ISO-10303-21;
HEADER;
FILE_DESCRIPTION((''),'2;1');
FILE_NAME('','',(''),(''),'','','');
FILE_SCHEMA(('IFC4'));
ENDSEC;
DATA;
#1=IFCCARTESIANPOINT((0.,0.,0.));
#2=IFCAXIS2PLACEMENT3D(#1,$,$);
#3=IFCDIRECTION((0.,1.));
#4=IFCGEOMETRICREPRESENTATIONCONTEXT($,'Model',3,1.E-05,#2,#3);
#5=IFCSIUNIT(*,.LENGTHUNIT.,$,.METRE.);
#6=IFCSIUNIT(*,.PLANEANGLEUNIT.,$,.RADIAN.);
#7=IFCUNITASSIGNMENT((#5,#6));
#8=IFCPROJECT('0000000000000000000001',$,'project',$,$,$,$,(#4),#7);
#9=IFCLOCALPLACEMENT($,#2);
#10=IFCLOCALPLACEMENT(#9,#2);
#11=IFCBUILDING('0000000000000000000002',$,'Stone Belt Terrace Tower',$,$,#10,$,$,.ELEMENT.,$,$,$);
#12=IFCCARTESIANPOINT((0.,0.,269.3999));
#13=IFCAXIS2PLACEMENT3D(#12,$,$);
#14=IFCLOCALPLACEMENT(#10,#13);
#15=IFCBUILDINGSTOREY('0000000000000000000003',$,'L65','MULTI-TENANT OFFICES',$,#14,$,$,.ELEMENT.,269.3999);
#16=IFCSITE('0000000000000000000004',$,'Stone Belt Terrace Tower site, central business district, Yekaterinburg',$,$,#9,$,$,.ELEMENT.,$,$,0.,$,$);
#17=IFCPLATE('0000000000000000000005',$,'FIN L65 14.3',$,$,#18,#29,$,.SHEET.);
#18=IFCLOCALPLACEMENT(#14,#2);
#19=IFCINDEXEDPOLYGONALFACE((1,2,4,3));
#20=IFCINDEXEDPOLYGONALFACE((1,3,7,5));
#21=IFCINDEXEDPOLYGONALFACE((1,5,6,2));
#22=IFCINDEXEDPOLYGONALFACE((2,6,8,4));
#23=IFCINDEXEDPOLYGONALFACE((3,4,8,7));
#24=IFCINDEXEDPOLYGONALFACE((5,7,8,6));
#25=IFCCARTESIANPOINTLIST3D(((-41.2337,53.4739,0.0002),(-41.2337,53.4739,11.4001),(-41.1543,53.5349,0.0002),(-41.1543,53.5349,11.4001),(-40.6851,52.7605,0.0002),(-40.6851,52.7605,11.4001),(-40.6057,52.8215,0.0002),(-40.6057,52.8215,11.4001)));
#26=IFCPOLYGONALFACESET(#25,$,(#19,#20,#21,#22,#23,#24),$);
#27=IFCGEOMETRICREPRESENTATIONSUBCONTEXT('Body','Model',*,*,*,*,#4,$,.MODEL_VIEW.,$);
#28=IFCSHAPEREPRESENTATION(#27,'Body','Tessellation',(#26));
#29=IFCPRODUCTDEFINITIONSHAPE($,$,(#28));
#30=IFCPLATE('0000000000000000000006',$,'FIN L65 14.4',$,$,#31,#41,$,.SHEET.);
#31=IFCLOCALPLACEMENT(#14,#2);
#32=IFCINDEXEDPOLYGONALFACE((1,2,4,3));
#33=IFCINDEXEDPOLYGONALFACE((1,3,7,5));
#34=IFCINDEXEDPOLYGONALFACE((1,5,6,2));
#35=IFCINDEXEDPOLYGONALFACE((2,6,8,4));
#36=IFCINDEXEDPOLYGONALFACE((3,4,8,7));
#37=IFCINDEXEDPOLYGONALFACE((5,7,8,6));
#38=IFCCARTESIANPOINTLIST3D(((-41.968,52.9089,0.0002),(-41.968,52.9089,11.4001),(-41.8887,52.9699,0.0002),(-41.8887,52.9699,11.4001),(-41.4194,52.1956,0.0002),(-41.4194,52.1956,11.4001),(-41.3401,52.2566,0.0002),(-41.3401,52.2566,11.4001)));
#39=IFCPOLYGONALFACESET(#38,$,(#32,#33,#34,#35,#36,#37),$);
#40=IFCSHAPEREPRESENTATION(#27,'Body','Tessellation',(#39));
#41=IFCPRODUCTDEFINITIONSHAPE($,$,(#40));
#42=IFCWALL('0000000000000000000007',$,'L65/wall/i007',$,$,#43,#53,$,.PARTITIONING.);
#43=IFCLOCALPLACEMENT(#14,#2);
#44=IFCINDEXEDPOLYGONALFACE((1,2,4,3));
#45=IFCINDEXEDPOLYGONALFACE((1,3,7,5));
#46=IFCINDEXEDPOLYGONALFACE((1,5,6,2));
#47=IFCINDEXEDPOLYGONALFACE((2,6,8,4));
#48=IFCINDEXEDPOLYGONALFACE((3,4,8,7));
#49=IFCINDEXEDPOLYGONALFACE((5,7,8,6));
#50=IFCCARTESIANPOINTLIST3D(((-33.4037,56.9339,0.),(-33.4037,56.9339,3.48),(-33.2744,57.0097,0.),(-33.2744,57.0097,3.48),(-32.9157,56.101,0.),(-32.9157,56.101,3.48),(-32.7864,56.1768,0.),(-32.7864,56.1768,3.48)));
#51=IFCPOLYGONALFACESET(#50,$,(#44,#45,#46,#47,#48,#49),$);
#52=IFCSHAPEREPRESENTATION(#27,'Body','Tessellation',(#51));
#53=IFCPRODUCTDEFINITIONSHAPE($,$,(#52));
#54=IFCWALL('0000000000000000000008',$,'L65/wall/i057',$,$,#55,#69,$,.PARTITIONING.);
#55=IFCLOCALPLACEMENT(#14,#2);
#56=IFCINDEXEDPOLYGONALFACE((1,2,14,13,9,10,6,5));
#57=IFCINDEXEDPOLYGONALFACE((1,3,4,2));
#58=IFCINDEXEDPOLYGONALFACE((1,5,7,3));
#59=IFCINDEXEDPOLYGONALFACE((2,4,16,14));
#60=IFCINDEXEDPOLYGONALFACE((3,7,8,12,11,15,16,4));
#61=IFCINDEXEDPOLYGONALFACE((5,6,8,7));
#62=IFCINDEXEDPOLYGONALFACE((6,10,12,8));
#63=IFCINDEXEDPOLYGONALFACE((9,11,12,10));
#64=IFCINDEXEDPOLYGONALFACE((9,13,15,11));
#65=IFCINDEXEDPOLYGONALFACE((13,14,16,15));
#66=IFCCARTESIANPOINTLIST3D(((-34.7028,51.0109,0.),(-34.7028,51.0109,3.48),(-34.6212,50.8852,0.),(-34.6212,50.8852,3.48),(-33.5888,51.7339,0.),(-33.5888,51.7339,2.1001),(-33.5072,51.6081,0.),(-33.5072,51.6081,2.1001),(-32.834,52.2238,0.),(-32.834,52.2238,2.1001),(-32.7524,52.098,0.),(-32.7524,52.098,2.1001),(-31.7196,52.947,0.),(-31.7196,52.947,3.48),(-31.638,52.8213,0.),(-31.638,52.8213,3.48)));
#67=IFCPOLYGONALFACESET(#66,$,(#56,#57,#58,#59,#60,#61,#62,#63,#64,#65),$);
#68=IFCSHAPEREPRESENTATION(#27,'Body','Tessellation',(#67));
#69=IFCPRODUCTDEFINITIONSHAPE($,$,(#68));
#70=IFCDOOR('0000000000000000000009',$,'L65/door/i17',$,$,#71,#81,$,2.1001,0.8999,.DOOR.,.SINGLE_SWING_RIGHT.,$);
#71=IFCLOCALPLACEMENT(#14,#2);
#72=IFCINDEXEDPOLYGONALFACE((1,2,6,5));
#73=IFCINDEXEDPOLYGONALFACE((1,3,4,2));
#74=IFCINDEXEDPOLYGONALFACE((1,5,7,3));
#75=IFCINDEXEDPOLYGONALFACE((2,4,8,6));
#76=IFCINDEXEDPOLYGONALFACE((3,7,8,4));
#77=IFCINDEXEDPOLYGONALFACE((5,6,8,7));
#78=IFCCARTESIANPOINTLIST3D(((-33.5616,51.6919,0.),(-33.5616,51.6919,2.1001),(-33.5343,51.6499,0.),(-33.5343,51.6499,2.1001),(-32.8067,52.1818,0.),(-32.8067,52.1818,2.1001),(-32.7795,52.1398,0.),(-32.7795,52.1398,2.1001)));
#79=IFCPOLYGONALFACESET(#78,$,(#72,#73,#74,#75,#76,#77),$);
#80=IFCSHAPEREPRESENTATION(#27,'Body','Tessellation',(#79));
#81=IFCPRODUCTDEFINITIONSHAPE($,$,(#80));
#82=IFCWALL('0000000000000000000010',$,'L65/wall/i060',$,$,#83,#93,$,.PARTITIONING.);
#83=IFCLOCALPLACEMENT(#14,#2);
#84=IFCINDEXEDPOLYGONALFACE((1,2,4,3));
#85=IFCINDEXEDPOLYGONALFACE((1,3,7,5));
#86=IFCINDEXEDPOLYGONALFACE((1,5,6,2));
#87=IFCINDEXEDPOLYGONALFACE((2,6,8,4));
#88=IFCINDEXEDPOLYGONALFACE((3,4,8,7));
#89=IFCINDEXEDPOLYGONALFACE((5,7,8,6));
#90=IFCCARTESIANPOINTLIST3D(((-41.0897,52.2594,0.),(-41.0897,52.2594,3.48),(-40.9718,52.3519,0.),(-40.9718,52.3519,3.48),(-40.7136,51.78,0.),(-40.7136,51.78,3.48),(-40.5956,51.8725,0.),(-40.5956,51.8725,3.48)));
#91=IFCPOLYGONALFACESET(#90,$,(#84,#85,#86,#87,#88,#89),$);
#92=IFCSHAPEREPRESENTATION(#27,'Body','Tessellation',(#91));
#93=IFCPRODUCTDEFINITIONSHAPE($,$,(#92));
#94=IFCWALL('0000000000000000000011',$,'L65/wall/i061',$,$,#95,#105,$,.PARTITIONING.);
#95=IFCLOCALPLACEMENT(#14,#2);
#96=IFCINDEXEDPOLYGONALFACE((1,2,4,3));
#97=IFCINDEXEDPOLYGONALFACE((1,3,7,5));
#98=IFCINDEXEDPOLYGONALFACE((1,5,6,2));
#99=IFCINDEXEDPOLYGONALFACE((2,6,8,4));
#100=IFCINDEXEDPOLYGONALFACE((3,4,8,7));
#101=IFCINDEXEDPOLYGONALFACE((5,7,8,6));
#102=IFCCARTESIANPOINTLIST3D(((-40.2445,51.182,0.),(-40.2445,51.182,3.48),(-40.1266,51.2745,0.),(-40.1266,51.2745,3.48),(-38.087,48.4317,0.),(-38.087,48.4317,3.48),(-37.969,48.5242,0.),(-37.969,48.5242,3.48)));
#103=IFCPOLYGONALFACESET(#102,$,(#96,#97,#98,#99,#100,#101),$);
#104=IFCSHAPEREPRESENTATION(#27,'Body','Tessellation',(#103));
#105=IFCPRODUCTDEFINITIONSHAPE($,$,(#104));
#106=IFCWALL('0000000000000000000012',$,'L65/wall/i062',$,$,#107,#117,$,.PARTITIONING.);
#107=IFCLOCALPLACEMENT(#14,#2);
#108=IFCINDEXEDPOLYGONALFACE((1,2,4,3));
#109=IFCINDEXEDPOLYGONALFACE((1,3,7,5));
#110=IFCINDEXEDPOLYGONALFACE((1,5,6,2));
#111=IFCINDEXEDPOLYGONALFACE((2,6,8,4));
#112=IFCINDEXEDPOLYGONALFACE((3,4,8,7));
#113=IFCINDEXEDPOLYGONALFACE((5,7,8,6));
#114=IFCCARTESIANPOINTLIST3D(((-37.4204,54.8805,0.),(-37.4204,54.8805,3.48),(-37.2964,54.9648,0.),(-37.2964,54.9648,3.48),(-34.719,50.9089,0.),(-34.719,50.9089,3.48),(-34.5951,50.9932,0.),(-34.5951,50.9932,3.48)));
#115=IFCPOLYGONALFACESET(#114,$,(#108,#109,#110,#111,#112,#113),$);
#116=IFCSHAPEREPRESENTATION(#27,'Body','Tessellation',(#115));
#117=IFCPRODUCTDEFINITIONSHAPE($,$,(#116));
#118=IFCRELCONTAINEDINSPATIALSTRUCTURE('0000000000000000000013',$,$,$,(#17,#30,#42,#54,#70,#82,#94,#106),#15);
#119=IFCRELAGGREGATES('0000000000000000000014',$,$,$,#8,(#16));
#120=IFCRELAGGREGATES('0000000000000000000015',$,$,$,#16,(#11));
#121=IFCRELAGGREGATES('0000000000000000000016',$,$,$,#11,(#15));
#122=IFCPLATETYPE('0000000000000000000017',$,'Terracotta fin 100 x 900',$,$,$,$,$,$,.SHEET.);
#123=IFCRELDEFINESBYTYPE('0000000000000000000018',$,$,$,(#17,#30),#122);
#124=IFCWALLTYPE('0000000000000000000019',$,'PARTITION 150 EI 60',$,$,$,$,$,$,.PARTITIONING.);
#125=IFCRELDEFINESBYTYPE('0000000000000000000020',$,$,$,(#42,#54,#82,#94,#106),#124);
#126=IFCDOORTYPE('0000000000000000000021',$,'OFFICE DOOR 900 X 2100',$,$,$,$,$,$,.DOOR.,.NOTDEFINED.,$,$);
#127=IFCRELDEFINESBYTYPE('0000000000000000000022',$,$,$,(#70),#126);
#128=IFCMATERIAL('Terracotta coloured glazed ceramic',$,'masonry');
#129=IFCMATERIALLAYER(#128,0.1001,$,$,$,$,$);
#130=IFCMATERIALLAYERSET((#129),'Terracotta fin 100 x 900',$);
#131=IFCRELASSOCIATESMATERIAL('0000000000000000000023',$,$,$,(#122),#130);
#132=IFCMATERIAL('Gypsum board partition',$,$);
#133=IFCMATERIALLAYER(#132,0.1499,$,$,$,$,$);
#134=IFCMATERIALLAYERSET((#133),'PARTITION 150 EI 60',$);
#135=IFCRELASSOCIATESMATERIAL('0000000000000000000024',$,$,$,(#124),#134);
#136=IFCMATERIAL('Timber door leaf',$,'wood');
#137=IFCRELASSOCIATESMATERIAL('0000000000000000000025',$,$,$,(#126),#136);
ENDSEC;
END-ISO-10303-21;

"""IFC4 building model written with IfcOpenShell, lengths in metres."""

from ifc_helpers import new_model, si_unit, direction, frame, frame_2d, origin, origin_2d, place, context, subcontext, project, spatial, rectangle, extrude, material, layer, layer_set, type_object, element, fill, save


model = new_model("IFC4")

# Units and contexts
model_context = context("Model", 3, precision=1e-05, world=origin(), true_north=direction((0.0, 1.0)))
body_context = subcontext(model_context, "Body", "Model", "MODEL_VIEW")
ifc_project = project(units=[si_unit("LENGTHUNIT", "METRE"), si_unit("PLANEANGLEUNIT", "RADIAN")], contexts=[model_context])

# Site, building, storey
site_placement = place(None, origin())
site = spatial("IfcSite", under=ifc_project, at=site_placement, Name="Stone Belt Terrace Tower site, central business district, Yekaterinburg", CompositionType="ELEMENT", RefElevation=0.0)
building_placement = place(site_placement, origin())
building = spatial("IfcBuilding", under=site, at=building_placement, Name="Stone Belt Terrace Tower", CompositionType="ELEMENT")
storey_placement = place(building_placement, frame((0.0, 0.0, 269.3999)))
storey = spatial("IfcBuildingStorey", under=building, at=storey_placement, Name="L65", Description="MULTI-TENANT OFFICES", CompositionType="ELEMENT", Elevation=269.3999)

# Plates
ifc_material_1 = material(Name="Terracotta coloured glazed ceramic", Category="masonry")
ifc_layer_1 = layer(ifc_material_1, 0.1001)
ifc_layer_set_1 = layer_set([ifc_layer_1], Name="Terracotta fin 100 x 900")
plate_type_1 = type_object("IfcPlateType", Name="Terracotta fin 100 x 900", PredefinedType="SHEET", material=ifc_layer_set_1)
for number, where, z_axis, x_axis, name in (
    (1, (-40.9197, 53.1477, 0.0002), (0.0, 0.0, 1.0), (-0.60962, 0.792694, 0.0), "FIN L65 14.3"),
    (2, (-41.6541, 52.5828, 0.0002), (0.0, 0.0, 1.0), (-0.60962, 0.792694, 0.0), "FIN L65 14.4"),
):
    element("IfcPlate", number, at=place(storey_placement, frame(where, z_axis=z_axis, x_axis=x_axis)), inside=storey, type_object=plate_type_1, Name=name, PredefinedType="SHEET", context=body_context, shape_type="SweptSolid", body=[
        extrude(rectangle(XDim=0.8999, YDim=0.1001, at=origin_2d()), origin(), (0.0, 0.0, 1.0), 11.3999),
    ])

# Wall
ifc_material_2 = material(Name="Gypsum board partition")
ifc_layer_2 = layer(ifc_material_2, 0.1499)
ifc_layer_set_2 = layer_set([ifc_layer_2], Name="PARTITION 150 EI 60")
wall_type = type_object("IfcWallType", Name="PARTITION 150 EI 60", PredefinedType="PARTITIONING", material=ifc_layer_set_2)
wall_1_placement = place(storey_placement, frame((-32.8511, 56.1389, 0.0), z_axis=(0.0, 0.0, 1.0), x_axis=(-0.505505, 0.862823, 0.0)))
element("IfcWall", 3, at=wall_1_placement, inside=storey, type_object=wall_type, Name="L65/wall/i007", PredefinedType="PARTITIONING", context=body_context, shape_type="SweptSolid", body=[
    extrude(rectangle(XDim=0.9653, YDim=0.1499, at=frame_2d((0.4827, 0.0))), origin(), (0.0, 0.0, 1.0), 3.48),
])

# Wall, opening, door
wall_2_placement = place(storey_placement, frame((-34.6621, 50.948, 0.0), z_axis=(0.0, 0.0, 1.0), x_axis=(0.838831, 0.544392, 0.0)))
wall_2 = element("IfcWall", 4, at=wall_2_placement, inside=storey, type_object=wall_type, Name="L65/wall/i057", PredefinedType="PARTITIONING", context=body_context, shape_type="SweptSolid", body=[
    extrude(rectangle(XDim=3.5564, YDim=0.1499, at=frame_2d((1.7783, 0.0))), origin(), (0.0, 0.0, 1.0), 3.48),
])
opening_placement = place(wall_2_placement, frame((1.3281, 0.0, 0.0)))
opening = element("IfcOpeningElement", 5, at=opening_placement, cuts=wall_2, PredefinedType="OPENING", context=body_context, shape_type="SweptSolid", body=[
    extrude(rectangle(XDim=0.8999, YDim=2.1001, at=frame_2d((0.45, 1.05))), frame((0.0, 0.085, 0.0), z_axis=(0.0, -1.0, 0.0), x_axis=(1.0, 0.0, 0.0)), (0.0, 0.0, 1.0), 0.1699),
])
ifc_material_3 = material(Name="Timber door leaf", Category="wood")
door_type = type_object("IfcDoorType", Name="OFFICE DOOR 900 X 2100", OperationType="NOTDEFINED", PredefinedType="DOOR", material=ifc_material_3)
door_placement = place(opening_placement, origin())
door = element("IfcDoor", 6, at=door_placement, inside=storey, type_object=door_type, Name="L65/door/i17", OperationType="SINGLE_SWING_RIGHT", OverallHeight=2.1001, OverallWidth=0.8999, PredefinedType="DOOR", context=body_context, shape_type="SweptSolid", body=[
    extrude(rectangle(XDim=0.8999, YDim=2.1001, at=frame_2d((0.45, 1.05))), frame((0.0, 0.0249, 0.0), z_axis=(0.0, -1.0, 0.0), x_axis=(1.0, 0.0, 0.0)), (0.0, 0.0, 1.0), 0.05),
])
fill(opening, door)

# Walls
wall_3_placement = place(storey_placement, frame((-41.0308, 52.3057, 0.0), z_axis=(0.0, 0.0, 1.0), x_axis=(0.617291, -0.786735, 0.0)))
element("IfcWall", 7, at=wall_3_placement, inside=storey, type_object=wall_type, Name="L65/wall/i060", PredefinedType="PARTITIONING", context=body_context, shape_type="SweptSolid", body=[
    extrude(rectangle(XDim=0.6094, YDim=0.1499, at=frame_2d((0.3047, 0.0))), origin(), (0.0, 0.0, 1.0), 3.48),
])
wall_4_placement = place(storey_placement, frame((-40.1855, 51.2283, 0.0), z_axis=(0.0, 0.0, 1.0), x_axis=(0.617214, -0.786796, 0.0)))
element("IfcWall", 8, at=wall_4_placement, inside=storey, type_object=wall_type, Name="L65/wall/i061", PredefinedType="PARTITIONING", context=body_context, shape_type="SweptSolid", body=[
    extrude(rectangle(XDim=3.4956, YDim=0.1499, at=frame_2d((1.7478, 0.0))), origin(), (0.0, 0.0, 1.0), 3.48),
])
wall_5_placement = place(storey_placement, frame((-37.3584, 54.9226, 0.0), z_axis=(0.0, 0.0, 1.0), x_axis=(0.562406, -0.826861, 0.0)))
element("IfcWall", 9, at=wall_5_placement, inside=storey, type_object=wall_type, Name="L65/wall/i062", PredefinedType="PARTITIONING", context=body_context, shape_type="SweptSolid", body=[
    extrude(rectangle(XDim=4.8032, YDim=0.1499, at=frame_2d((2.4016, 0.0))), origin(), (0.0, 0.0, 1.0), 3.48),
])

save(model, "model.ifc")
